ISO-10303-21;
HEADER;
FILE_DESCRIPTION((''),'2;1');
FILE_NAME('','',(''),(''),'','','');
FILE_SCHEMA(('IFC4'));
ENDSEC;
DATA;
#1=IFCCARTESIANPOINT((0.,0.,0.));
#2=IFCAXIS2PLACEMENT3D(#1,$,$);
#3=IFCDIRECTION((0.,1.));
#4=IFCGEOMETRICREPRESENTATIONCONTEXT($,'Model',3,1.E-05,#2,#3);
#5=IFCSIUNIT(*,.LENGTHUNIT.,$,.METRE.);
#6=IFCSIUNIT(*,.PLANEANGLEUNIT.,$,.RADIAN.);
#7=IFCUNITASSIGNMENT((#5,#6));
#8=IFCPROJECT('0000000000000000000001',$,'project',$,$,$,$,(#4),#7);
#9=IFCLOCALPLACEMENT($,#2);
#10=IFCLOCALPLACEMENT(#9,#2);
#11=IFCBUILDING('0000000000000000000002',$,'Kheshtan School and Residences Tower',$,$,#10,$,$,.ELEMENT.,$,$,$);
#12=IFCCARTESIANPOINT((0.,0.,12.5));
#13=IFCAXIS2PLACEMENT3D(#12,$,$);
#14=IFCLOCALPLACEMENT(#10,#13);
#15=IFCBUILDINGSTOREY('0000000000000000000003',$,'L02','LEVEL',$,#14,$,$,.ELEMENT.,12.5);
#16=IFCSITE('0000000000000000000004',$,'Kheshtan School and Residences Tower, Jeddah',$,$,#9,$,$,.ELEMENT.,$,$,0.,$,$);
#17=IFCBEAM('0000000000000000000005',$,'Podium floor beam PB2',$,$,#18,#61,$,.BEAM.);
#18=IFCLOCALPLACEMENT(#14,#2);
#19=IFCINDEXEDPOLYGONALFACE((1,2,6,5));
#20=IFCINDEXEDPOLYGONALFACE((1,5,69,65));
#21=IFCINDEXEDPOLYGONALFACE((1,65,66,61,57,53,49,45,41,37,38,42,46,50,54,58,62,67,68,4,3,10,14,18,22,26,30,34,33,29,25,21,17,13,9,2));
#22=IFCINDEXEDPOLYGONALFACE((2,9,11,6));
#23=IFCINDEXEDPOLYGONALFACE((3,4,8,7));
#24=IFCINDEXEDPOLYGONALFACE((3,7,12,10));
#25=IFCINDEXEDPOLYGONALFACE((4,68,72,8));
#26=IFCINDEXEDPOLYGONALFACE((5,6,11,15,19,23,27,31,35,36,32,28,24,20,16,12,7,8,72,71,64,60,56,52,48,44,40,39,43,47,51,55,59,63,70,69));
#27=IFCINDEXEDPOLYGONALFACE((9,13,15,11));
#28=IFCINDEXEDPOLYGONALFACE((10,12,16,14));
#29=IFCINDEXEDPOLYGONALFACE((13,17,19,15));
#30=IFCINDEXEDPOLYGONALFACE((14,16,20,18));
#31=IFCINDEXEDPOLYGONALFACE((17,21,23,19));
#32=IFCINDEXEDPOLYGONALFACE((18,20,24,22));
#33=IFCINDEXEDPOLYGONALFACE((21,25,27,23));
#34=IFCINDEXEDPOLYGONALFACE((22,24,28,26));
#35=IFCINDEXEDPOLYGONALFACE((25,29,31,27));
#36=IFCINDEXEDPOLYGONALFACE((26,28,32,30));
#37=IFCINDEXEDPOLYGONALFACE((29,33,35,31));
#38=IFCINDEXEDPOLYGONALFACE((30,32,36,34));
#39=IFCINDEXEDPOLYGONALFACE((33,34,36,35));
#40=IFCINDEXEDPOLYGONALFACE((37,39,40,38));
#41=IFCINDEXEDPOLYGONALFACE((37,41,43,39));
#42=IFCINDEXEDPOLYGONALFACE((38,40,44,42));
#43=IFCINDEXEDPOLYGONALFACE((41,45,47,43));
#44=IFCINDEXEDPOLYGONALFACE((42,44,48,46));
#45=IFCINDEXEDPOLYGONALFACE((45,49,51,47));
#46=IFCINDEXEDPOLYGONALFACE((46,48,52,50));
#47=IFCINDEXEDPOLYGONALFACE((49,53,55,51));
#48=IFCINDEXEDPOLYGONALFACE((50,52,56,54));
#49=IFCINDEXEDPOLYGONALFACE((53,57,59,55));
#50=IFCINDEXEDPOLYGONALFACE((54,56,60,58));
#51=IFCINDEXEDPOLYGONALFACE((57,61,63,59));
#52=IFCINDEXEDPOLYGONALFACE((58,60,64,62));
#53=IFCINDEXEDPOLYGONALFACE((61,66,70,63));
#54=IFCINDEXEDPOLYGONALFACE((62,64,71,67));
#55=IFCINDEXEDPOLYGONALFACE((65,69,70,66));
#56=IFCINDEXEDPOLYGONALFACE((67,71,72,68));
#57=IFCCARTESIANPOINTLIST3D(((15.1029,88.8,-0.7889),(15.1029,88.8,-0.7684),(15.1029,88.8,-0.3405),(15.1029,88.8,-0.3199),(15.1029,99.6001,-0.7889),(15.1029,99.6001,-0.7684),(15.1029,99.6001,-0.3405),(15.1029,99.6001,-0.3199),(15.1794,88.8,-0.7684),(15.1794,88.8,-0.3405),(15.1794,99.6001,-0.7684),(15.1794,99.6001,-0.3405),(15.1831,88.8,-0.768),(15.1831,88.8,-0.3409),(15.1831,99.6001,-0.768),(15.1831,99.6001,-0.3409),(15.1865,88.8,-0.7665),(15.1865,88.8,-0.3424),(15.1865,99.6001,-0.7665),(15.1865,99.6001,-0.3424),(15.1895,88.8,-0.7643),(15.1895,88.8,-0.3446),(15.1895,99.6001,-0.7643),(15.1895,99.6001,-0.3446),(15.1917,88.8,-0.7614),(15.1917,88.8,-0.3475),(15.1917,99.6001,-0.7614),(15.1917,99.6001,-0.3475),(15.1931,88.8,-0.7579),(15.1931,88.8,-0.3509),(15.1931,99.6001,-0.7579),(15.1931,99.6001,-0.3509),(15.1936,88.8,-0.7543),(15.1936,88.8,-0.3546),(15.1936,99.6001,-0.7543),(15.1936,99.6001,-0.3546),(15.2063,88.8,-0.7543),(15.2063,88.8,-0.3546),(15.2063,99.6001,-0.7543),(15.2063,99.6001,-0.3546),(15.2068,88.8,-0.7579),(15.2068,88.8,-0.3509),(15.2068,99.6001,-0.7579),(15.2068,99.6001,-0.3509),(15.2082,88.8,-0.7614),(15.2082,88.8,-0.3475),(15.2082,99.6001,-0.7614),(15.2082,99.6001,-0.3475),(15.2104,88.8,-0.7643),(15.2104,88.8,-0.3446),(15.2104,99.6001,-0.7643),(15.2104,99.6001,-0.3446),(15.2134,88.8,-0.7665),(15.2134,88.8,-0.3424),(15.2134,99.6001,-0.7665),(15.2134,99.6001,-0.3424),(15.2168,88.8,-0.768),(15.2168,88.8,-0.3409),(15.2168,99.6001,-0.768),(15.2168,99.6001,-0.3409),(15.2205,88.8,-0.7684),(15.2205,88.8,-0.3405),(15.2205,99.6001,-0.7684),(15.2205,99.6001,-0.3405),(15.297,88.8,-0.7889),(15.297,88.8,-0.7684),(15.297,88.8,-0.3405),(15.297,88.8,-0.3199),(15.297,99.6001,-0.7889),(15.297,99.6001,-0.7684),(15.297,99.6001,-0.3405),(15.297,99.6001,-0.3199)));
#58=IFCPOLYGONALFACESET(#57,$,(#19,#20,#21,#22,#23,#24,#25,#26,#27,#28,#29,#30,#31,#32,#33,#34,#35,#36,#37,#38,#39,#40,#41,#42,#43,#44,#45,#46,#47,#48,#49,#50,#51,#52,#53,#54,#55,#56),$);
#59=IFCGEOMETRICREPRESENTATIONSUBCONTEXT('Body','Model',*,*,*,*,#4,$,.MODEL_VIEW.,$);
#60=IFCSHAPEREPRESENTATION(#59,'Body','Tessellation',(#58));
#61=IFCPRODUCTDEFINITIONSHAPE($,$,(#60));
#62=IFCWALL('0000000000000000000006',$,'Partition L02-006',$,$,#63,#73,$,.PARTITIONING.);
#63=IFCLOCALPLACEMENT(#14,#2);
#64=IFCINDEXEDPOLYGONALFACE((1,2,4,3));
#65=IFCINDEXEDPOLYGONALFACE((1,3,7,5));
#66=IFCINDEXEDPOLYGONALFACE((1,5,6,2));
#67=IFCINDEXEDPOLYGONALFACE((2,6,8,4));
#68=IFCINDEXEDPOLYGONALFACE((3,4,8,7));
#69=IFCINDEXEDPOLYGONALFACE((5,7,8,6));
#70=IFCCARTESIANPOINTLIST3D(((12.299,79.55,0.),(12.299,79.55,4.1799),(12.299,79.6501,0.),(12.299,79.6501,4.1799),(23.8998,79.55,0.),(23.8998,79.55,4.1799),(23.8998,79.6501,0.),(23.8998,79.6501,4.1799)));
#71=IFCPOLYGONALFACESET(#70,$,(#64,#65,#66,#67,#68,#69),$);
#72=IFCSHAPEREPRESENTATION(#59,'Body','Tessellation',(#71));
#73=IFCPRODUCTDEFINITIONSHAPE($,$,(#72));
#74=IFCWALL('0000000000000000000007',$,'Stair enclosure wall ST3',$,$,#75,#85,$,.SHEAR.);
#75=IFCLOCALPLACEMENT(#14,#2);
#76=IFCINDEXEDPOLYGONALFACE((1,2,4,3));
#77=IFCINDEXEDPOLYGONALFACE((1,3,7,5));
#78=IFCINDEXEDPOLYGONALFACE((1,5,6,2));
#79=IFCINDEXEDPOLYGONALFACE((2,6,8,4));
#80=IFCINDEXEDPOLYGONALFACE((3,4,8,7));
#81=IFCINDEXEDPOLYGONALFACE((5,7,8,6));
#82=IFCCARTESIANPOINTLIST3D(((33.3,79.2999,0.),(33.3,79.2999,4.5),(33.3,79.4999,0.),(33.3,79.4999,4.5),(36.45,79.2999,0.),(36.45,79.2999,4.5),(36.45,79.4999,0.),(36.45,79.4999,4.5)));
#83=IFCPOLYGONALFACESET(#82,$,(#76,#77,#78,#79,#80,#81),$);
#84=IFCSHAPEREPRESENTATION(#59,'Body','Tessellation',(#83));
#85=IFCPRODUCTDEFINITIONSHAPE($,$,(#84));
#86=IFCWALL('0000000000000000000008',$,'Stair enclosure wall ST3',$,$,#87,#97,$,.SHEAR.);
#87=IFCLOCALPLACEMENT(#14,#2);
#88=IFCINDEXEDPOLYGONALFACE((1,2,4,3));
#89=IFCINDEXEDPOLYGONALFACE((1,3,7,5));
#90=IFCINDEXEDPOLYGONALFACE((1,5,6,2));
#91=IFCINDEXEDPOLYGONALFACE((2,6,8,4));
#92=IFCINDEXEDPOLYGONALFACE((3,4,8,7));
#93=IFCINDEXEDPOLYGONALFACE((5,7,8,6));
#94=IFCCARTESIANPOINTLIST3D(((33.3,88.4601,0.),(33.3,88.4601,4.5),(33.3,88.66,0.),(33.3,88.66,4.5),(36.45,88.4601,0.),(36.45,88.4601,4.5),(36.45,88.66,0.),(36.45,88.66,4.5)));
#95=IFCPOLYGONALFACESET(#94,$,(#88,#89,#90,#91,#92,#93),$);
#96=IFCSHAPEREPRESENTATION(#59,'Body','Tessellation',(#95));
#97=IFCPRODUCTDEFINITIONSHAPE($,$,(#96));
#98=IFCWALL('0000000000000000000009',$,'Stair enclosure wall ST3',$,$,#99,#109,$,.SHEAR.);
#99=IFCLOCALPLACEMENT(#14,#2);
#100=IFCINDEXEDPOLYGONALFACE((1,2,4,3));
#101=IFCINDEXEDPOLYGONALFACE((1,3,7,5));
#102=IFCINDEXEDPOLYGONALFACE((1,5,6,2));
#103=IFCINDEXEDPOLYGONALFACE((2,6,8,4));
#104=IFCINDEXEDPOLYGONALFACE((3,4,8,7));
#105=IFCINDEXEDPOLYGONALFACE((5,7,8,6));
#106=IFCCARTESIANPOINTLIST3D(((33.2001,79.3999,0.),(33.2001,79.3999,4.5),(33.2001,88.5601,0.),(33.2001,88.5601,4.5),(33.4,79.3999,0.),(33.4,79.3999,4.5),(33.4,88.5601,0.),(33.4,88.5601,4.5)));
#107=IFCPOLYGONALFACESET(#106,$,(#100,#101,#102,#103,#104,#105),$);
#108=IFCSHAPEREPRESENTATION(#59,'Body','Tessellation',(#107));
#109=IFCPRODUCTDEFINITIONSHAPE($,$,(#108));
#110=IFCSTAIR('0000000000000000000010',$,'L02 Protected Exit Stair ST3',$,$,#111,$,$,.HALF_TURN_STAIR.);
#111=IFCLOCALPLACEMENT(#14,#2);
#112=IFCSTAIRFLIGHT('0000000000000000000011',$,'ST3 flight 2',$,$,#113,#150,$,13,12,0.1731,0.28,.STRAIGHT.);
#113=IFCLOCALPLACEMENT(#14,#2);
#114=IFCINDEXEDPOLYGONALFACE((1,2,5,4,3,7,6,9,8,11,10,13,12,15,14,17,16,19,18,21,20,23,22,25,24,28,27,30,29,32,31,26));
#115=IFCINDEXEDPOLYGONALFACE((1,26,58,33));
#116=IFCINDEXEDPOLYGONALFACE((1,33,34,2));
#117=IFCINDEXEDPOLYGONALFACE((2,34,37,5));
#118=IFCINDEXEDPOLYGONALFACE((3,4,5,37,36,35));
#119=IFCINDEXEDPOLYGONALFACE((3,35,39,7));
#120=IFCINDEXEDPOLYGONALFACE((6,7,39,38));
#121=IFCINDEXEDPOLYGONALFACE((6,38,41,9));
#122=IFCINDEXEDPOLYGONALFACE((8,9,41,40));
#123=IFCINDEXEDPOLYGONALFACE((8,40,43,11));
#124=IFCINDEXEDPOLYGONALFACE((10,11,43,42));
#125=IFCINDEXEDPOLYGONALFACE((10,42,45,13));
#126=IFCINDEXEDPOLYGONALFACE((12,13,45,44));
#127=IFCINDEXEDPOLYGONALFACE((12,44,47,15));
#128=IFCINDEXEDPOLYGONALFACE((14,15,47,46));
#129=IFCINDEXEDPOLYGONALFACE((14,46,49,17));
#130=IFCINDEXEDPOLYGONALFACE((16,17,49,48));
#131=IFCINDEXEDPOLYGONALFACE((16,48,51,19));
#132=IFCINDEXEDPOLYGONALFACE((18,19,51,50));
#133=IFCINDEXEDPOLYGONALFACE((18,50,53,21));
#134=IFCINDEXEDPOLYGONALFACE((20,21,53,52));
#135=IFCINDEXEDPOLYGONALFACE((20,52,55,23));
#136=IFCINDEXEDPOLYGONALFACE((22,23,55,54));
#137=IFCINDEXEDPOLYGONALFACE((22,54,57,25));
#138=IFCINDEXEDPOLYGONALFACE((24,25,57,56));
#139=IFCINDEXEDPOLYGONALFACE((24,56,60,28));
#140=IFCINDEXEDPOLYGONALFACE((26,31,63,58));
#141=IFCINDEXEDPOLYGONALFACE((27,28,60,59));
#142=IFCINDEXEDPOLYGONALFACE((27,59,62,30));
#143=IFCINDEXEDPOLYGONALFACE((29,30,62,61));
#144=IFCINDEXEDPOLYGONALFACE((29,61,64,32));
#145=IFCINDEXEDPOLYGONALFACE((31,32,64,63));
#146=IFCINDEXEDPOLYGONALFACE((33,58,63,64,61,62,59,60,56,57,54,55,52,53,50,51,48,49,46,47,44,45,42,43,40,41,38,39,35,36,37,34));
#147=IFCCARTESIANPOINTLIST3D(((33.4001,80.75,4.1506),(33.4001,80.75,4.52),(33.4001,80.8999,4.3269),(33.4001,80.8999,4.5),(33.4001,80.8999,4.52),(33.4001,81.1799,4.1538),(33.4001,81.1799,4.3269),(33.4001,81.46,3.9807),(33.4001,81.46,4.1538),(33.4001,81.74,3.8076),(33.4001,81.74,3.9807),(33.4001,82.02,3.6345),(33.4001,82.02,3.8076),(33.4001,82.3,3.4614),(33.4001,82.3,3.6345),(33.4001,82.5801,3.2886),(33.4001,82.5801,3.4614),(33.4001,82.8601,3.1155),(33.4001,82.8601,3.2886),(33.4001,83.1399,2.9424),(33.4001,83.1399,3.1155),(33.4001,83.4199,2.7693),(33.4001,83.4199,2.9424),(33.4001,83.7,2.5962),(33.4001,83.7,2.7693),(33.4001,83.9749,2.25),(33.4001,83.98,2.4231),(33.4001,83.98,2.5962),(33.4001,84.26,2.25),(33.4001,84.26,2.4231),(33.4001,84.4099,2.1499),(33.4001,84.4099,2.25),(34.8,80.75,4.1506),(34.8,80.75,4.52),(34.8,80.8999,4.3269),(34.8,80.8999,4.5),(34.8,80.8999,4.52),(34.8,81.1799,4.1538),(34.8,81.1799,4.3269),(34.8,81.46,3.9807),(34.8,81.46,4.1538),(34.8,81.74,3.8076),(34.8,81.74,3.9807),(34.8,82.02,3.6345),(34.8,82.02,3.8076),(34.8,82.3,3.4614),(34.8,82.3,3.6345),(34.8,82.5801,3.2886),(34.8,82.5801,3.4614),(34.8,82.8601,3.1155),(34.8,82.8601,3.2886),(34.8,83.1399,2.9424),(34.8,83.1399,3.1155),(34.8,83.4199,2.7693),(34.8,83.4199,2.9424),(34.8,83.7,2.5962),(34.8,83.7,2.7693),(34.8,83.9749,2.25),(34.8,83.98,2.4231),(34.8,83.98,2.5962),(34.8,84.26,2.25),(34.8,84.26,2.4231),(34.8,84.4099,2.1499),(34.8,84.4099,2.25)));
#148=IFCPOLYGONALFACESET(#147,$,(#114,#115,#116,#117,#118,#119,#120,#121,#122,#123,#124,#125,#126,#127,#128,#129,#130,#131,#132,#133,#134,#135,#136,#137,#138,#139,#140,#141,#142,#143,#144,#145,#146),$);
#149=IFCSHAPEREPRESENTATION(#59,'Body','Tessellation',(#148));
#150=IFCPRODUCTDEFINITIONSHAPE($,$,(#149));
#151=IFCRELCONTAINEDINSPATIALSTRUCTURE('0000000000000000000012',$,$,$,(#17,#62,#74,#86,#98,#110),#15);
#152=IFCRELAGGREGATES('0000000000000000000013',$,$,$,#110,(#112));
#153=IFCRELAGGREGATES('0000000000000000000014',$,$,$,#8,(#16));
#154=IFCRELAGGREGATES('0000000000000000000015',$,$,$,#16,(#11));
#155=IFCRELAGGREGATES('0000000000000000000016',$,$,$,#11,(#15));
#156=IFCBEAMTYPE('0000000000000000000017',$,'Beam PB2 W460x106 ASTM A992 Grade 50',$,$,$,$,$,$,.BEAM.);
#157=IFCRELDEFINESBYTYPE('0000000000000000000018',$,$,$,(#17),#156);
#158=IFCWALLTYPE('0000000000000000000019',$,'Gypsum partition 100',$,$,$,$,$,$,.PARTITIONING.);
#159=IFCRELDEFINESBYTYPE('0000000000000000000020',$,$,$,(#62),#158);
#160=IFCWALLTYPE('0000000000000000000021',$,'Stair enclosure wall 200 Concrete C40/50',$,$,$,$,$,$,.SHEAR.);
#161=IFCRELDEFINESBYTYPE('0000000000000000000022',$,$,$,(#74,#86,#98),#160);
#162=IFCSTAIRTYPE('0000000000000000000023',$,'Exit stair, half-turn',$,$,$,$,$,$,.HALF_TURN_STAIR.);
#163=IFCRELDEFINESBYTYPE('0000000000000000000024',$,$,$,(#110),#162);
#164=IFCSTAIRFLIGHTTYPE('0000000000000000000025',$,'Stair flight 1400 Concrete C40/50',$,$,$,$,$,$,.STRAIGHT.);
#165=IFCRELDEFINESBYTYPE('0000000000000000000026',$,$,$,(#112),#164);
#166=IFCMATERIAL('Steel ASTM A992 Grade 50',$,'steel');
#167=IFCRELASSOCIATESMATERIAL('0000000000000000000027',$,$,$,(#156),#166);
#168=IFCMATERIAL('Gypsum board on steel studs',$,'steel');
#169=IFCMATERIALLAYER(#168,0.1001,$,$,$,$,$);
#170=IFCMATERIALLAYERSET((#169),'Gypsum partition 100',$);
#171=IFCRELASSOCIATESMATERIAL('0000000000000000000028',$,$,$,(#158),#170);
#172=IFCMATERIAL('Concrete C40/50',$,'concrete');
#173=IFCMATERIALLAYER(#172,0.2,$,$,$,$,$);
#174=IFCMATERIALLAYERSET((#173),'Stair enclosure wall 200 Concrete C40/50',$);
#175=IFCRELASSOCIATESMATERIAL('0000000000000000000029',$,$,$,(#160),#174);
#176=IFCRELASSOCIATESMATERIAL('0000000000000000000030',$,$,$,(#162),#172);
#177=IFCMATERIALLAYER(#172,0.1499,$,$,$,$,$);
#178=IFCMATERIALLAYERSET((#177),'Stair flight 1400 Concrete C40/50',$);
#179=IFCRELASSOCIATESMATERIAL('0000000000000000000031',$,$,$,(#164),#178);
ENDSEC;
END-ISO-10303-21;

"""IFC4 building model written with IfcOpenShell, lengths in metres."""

from ifc_helpers import new_model, si_unit, direction, frame, frame_2d, origin, origin_2d, place, context, subcontext, project, spatial, polyline, rectangle, i_section, outline, extrude, material, layer, layer_set, material_profile, profile_set, type_object, element, aggregate, save


model = new_model("IFC4")

# Units and contexts
model_context = context("Model", 3, precision=1e-05, world=origin(), true_north=direction((0.0, 1.0)))
body_context = subcontext(model_context, "Body", "Model", "MODEL_VIEW")
ifc_project = project(units=[si_unit("LENGTHUNIT", "METRE"), si_unit("PLANEANGLEUNIT", "RADIAN")], contexts=[model_context])

# Site, building, storey
site_placement = place(None, origin())
site = spatial("IfcSite", under=ifc_project, at=site_placement, Name="Kheshtan School and Residences Tower, Jeddah", CompositionType="ELEMENT", RefElevation=0.0)
building_placement = place(site_placement, origin())
building = spatial("IfcBuilding", under=site, at=building_placement, Name="Kheshtan School and Residences Tower", CompositionType="ELEMENT")
storey_placement = place(building_placement, frame((0.0, 0.0, 12.5)))
storey = spatial("IfcBuildingStorey", under=building, at=storey_placement, Name="L02", Description="LEVEL", CompositionType="ELEMENT", Elevation=12.5)

# Shared definitions
ifc_material_1 = material(Name="Steel ASTM A992 Grade 50", Category="steel")

# Beam
ifc_material_profile_1 = material_profile(ifc_material_1, i_section(OverallWidth=0.1941, OverallDepth=0.469, WebThickness=0.0127, FlangeThickness=0.0205, FilletRadius=0.0142, at=origin_2d()), Name="W460x106")
ifc_profile_set_1 = profile_set([ifc_material_profile_1], Name="Steel ASTM A992 Grade 50")
beam_type_1 = type_object("IfcBeamType", Name="Beam PB2 W460x106 ASTM A992 Grade 50", PredefinedType="BEAM", material=ifc_profile_set_1)
beam_1_placement = place(storey_placement, frame((15.2, 88.8, -0.5544), z_axis=(0.0, 1.0, 0.0), x_axis=(-1.0, 0.0, 0.0)))
element("IfcBeam", 1, at=beam_1_placement, inside=storey, type_object=beam_type_1, Name="Podium floor beam PB2", PredefinedType="BEAM", context=body_context, shape_type="SweptSolid", body=[
    extrude(i_section(OverallWidth=0.1941, OverallDepth=0.469, WebThickness=0.0127, FlangeThickness=0.0205, FilletRadius=0.0142, at=origin_2d()), origin(), (0.0, 0.0, 1.0), 10.8),
])

# Walls
ifc_material_2 = material(Name="Gypsum board on steel studs", Category="steel")
ifc_layer_1 = layer(ifc_material_2, 0.1001)
ifc_layer_set_1 = layer_set([ifc_layer_1], Name="Gypsum partition 100")
wall_type_1 = type_object("IfcWallType", Name="Gypsum partition 100", PredefinedType="PARTITIONING", material=ifc_layer_set_1)
wall_1_placement = place(storey_placement, frame((12.2991, 79.6001, 0.0), z_axis=(0.0, 0.0, 1.0), x_axis=(1.0, 0.0, 0.0)))
element("IfcWall", 2, at=wall_1_placement, inside=storey, type_object=wall_type_1, Name="Partition L02-006", PredefinedType="PARTITIONING", context=body_context, shape_type="SweptSolid", body=[
    extrude(rectangle(XDim=11.6008, YDim=0.1001, at=frame_2d((5.8003, 0.0))), origin(), (0.0, 0.0, 1.0), 4.1799),
])
ifc_material_3 = material(Name="Concrete C40/50", Category="concrete")
ifc_layer_2 = layer(ifc_material_3, 0.2)
ifc_layer_set_2 = layer_set([ifc_layer_2], Name="Stair enclosure wall 200 Concrete C40/50")
wall_type_2 = type_object("IfcWallType", Name="Stair enclosure wall 200 Concrete C40/50", PredefinedType="SHEAR", material=ifc_layer_set_2)
for number, where, z_axis, x_axis, name in (
    (3, (33.3, 79.3999, 0.0), (0.0, 0.0, 1.0), (1.0, 0.0, 0.0), "Stair enclosure wall ST3"),
    (4, (33.3, 88.5601, 0.0), (0.0, 0.0, 1.0), (1.0, 0.0, 0.0), "Stair enclosure wall ST3"),
):
    element("IfcWall", number, at=place(storey_placement, frame(where, z_axis=z_axis, x_axis=x_axis)), inside=storey, type_object=wall_type_2, Name=name, PredefinedType="SHEAR", context=body_context, shape_type="SweptSolid", body=[
        extrude(rectangle(XDim=3.1499, YDim=0.2, at=frame_2d((1.575, 0.0))), origin(), (0.0, 0.0, 1.0), 4.5),
    ])
wall_2_placement = place(storey_placement, frame((33.3, 79.3999, 0.0), z_axis=(0.0, 0.0, 1.0), x_axis=(0.0, 1.0, 0.0)))
element("IfcWall", 5, at=wall_2_placement, inside=storey, type_object=wall_type_2, Name="Stair enclosure wall ST3", PredefinedType="SHEAR", context=body_context, shape_type="SweptSolid", body=[
    extrude(rectangle(XDim=9.1602, YDim=0.2, at=frame_2d((4.5801, 0.0))), origin(), (0.0, 0.0, 1.0), 4.5),
])

# Stair, stair flight
stair_type = type_object("IfcStairType", Name="Exit stair, half-turn", PredefinedType="HALF_TURN_STAIR", material=ifc_material_3)
stair_placement = place(storey_placement, origin())
stair = element("IfcStair", 6, at=stair_placement, inside=storey, type_object=stair_type, Name="L02 Protected Exit Stair ST3", PredefinedType="HALF_TURN_STAIR")
ifc_layer_3 = layer(ifc_material_3, 0.1499)
ifc_layer_set_3 = layer_set([ifc_layer_3], Name="Stair flight 1400 Concrete C40/50")
stair_flight_type = type_object("IfcStairFlightType", Name="Stair flight 1400 Concrete C40/50", PredefinedType="STRAIGHT", material=ifc_layer_set_3)
stair_flight_placement = place(storey_placement, frame((34.1001, 84.26, 2.25), z_axis=(0.0, 0.0, 1.0), x_axis=(0.0, -1.0, 0.0)))
stair_flight = element("IfcStairFlight", 7, at=stair_flight_placement, type_object=stair_flight_type, Name="ST3 flight 2", NumberOfRisers=13, NumberOfTreads=12, PredefinedType="STRAIGHT", RiserHeight=0.1731, TreadLength=0.28, context=body_context, shape_type="SweptSolid", body=[
    extrude(outline(polyline([(-0.1499, -0.1001), (-0.1499, 0.0), (0.0, 0.0), (0.0, 0.1731), (0.28, 0.1731), (0.28, 0.3462), (0.5601, 0.3462), (0.5601, 0.5193), (0.8401, 0.5193), (0.8401, 0.6924), (1.1201, 0.6924), (1.1201, 0.8655), (1.3999, 0.8655), (1.3999, 1.0386), (1.6799, 1.0386), (1.6799, 1.2114), (1.96, 1.2114), (1.96, 1.3845), (2.24, 1.3845), (2.24, 1.5576), (2.52, 1.5576), (2.52, 1.7307), (2.8, 1.7307), (2.8, 1.9038), (3.0801, 1.9038), (3.0801, 2.0769), (3.3601, 2.0769), (3.3601, 2.25), (3.3601, 2.27), (3.51, 2.27), (3.51, 1.9006), (0.2852, 0.0), (-0.1499, -0.1001)])), frame((0.0, 0.7, 0.0), z_axis=(0.0, -1.0, 0.0), x_axis=(1.0, 0.0, 0.0)), (0.0, 0.0, 1.0), 1.3999),
])
aggregate(stair, [stair_flight])

save(model, "model.ifc")
